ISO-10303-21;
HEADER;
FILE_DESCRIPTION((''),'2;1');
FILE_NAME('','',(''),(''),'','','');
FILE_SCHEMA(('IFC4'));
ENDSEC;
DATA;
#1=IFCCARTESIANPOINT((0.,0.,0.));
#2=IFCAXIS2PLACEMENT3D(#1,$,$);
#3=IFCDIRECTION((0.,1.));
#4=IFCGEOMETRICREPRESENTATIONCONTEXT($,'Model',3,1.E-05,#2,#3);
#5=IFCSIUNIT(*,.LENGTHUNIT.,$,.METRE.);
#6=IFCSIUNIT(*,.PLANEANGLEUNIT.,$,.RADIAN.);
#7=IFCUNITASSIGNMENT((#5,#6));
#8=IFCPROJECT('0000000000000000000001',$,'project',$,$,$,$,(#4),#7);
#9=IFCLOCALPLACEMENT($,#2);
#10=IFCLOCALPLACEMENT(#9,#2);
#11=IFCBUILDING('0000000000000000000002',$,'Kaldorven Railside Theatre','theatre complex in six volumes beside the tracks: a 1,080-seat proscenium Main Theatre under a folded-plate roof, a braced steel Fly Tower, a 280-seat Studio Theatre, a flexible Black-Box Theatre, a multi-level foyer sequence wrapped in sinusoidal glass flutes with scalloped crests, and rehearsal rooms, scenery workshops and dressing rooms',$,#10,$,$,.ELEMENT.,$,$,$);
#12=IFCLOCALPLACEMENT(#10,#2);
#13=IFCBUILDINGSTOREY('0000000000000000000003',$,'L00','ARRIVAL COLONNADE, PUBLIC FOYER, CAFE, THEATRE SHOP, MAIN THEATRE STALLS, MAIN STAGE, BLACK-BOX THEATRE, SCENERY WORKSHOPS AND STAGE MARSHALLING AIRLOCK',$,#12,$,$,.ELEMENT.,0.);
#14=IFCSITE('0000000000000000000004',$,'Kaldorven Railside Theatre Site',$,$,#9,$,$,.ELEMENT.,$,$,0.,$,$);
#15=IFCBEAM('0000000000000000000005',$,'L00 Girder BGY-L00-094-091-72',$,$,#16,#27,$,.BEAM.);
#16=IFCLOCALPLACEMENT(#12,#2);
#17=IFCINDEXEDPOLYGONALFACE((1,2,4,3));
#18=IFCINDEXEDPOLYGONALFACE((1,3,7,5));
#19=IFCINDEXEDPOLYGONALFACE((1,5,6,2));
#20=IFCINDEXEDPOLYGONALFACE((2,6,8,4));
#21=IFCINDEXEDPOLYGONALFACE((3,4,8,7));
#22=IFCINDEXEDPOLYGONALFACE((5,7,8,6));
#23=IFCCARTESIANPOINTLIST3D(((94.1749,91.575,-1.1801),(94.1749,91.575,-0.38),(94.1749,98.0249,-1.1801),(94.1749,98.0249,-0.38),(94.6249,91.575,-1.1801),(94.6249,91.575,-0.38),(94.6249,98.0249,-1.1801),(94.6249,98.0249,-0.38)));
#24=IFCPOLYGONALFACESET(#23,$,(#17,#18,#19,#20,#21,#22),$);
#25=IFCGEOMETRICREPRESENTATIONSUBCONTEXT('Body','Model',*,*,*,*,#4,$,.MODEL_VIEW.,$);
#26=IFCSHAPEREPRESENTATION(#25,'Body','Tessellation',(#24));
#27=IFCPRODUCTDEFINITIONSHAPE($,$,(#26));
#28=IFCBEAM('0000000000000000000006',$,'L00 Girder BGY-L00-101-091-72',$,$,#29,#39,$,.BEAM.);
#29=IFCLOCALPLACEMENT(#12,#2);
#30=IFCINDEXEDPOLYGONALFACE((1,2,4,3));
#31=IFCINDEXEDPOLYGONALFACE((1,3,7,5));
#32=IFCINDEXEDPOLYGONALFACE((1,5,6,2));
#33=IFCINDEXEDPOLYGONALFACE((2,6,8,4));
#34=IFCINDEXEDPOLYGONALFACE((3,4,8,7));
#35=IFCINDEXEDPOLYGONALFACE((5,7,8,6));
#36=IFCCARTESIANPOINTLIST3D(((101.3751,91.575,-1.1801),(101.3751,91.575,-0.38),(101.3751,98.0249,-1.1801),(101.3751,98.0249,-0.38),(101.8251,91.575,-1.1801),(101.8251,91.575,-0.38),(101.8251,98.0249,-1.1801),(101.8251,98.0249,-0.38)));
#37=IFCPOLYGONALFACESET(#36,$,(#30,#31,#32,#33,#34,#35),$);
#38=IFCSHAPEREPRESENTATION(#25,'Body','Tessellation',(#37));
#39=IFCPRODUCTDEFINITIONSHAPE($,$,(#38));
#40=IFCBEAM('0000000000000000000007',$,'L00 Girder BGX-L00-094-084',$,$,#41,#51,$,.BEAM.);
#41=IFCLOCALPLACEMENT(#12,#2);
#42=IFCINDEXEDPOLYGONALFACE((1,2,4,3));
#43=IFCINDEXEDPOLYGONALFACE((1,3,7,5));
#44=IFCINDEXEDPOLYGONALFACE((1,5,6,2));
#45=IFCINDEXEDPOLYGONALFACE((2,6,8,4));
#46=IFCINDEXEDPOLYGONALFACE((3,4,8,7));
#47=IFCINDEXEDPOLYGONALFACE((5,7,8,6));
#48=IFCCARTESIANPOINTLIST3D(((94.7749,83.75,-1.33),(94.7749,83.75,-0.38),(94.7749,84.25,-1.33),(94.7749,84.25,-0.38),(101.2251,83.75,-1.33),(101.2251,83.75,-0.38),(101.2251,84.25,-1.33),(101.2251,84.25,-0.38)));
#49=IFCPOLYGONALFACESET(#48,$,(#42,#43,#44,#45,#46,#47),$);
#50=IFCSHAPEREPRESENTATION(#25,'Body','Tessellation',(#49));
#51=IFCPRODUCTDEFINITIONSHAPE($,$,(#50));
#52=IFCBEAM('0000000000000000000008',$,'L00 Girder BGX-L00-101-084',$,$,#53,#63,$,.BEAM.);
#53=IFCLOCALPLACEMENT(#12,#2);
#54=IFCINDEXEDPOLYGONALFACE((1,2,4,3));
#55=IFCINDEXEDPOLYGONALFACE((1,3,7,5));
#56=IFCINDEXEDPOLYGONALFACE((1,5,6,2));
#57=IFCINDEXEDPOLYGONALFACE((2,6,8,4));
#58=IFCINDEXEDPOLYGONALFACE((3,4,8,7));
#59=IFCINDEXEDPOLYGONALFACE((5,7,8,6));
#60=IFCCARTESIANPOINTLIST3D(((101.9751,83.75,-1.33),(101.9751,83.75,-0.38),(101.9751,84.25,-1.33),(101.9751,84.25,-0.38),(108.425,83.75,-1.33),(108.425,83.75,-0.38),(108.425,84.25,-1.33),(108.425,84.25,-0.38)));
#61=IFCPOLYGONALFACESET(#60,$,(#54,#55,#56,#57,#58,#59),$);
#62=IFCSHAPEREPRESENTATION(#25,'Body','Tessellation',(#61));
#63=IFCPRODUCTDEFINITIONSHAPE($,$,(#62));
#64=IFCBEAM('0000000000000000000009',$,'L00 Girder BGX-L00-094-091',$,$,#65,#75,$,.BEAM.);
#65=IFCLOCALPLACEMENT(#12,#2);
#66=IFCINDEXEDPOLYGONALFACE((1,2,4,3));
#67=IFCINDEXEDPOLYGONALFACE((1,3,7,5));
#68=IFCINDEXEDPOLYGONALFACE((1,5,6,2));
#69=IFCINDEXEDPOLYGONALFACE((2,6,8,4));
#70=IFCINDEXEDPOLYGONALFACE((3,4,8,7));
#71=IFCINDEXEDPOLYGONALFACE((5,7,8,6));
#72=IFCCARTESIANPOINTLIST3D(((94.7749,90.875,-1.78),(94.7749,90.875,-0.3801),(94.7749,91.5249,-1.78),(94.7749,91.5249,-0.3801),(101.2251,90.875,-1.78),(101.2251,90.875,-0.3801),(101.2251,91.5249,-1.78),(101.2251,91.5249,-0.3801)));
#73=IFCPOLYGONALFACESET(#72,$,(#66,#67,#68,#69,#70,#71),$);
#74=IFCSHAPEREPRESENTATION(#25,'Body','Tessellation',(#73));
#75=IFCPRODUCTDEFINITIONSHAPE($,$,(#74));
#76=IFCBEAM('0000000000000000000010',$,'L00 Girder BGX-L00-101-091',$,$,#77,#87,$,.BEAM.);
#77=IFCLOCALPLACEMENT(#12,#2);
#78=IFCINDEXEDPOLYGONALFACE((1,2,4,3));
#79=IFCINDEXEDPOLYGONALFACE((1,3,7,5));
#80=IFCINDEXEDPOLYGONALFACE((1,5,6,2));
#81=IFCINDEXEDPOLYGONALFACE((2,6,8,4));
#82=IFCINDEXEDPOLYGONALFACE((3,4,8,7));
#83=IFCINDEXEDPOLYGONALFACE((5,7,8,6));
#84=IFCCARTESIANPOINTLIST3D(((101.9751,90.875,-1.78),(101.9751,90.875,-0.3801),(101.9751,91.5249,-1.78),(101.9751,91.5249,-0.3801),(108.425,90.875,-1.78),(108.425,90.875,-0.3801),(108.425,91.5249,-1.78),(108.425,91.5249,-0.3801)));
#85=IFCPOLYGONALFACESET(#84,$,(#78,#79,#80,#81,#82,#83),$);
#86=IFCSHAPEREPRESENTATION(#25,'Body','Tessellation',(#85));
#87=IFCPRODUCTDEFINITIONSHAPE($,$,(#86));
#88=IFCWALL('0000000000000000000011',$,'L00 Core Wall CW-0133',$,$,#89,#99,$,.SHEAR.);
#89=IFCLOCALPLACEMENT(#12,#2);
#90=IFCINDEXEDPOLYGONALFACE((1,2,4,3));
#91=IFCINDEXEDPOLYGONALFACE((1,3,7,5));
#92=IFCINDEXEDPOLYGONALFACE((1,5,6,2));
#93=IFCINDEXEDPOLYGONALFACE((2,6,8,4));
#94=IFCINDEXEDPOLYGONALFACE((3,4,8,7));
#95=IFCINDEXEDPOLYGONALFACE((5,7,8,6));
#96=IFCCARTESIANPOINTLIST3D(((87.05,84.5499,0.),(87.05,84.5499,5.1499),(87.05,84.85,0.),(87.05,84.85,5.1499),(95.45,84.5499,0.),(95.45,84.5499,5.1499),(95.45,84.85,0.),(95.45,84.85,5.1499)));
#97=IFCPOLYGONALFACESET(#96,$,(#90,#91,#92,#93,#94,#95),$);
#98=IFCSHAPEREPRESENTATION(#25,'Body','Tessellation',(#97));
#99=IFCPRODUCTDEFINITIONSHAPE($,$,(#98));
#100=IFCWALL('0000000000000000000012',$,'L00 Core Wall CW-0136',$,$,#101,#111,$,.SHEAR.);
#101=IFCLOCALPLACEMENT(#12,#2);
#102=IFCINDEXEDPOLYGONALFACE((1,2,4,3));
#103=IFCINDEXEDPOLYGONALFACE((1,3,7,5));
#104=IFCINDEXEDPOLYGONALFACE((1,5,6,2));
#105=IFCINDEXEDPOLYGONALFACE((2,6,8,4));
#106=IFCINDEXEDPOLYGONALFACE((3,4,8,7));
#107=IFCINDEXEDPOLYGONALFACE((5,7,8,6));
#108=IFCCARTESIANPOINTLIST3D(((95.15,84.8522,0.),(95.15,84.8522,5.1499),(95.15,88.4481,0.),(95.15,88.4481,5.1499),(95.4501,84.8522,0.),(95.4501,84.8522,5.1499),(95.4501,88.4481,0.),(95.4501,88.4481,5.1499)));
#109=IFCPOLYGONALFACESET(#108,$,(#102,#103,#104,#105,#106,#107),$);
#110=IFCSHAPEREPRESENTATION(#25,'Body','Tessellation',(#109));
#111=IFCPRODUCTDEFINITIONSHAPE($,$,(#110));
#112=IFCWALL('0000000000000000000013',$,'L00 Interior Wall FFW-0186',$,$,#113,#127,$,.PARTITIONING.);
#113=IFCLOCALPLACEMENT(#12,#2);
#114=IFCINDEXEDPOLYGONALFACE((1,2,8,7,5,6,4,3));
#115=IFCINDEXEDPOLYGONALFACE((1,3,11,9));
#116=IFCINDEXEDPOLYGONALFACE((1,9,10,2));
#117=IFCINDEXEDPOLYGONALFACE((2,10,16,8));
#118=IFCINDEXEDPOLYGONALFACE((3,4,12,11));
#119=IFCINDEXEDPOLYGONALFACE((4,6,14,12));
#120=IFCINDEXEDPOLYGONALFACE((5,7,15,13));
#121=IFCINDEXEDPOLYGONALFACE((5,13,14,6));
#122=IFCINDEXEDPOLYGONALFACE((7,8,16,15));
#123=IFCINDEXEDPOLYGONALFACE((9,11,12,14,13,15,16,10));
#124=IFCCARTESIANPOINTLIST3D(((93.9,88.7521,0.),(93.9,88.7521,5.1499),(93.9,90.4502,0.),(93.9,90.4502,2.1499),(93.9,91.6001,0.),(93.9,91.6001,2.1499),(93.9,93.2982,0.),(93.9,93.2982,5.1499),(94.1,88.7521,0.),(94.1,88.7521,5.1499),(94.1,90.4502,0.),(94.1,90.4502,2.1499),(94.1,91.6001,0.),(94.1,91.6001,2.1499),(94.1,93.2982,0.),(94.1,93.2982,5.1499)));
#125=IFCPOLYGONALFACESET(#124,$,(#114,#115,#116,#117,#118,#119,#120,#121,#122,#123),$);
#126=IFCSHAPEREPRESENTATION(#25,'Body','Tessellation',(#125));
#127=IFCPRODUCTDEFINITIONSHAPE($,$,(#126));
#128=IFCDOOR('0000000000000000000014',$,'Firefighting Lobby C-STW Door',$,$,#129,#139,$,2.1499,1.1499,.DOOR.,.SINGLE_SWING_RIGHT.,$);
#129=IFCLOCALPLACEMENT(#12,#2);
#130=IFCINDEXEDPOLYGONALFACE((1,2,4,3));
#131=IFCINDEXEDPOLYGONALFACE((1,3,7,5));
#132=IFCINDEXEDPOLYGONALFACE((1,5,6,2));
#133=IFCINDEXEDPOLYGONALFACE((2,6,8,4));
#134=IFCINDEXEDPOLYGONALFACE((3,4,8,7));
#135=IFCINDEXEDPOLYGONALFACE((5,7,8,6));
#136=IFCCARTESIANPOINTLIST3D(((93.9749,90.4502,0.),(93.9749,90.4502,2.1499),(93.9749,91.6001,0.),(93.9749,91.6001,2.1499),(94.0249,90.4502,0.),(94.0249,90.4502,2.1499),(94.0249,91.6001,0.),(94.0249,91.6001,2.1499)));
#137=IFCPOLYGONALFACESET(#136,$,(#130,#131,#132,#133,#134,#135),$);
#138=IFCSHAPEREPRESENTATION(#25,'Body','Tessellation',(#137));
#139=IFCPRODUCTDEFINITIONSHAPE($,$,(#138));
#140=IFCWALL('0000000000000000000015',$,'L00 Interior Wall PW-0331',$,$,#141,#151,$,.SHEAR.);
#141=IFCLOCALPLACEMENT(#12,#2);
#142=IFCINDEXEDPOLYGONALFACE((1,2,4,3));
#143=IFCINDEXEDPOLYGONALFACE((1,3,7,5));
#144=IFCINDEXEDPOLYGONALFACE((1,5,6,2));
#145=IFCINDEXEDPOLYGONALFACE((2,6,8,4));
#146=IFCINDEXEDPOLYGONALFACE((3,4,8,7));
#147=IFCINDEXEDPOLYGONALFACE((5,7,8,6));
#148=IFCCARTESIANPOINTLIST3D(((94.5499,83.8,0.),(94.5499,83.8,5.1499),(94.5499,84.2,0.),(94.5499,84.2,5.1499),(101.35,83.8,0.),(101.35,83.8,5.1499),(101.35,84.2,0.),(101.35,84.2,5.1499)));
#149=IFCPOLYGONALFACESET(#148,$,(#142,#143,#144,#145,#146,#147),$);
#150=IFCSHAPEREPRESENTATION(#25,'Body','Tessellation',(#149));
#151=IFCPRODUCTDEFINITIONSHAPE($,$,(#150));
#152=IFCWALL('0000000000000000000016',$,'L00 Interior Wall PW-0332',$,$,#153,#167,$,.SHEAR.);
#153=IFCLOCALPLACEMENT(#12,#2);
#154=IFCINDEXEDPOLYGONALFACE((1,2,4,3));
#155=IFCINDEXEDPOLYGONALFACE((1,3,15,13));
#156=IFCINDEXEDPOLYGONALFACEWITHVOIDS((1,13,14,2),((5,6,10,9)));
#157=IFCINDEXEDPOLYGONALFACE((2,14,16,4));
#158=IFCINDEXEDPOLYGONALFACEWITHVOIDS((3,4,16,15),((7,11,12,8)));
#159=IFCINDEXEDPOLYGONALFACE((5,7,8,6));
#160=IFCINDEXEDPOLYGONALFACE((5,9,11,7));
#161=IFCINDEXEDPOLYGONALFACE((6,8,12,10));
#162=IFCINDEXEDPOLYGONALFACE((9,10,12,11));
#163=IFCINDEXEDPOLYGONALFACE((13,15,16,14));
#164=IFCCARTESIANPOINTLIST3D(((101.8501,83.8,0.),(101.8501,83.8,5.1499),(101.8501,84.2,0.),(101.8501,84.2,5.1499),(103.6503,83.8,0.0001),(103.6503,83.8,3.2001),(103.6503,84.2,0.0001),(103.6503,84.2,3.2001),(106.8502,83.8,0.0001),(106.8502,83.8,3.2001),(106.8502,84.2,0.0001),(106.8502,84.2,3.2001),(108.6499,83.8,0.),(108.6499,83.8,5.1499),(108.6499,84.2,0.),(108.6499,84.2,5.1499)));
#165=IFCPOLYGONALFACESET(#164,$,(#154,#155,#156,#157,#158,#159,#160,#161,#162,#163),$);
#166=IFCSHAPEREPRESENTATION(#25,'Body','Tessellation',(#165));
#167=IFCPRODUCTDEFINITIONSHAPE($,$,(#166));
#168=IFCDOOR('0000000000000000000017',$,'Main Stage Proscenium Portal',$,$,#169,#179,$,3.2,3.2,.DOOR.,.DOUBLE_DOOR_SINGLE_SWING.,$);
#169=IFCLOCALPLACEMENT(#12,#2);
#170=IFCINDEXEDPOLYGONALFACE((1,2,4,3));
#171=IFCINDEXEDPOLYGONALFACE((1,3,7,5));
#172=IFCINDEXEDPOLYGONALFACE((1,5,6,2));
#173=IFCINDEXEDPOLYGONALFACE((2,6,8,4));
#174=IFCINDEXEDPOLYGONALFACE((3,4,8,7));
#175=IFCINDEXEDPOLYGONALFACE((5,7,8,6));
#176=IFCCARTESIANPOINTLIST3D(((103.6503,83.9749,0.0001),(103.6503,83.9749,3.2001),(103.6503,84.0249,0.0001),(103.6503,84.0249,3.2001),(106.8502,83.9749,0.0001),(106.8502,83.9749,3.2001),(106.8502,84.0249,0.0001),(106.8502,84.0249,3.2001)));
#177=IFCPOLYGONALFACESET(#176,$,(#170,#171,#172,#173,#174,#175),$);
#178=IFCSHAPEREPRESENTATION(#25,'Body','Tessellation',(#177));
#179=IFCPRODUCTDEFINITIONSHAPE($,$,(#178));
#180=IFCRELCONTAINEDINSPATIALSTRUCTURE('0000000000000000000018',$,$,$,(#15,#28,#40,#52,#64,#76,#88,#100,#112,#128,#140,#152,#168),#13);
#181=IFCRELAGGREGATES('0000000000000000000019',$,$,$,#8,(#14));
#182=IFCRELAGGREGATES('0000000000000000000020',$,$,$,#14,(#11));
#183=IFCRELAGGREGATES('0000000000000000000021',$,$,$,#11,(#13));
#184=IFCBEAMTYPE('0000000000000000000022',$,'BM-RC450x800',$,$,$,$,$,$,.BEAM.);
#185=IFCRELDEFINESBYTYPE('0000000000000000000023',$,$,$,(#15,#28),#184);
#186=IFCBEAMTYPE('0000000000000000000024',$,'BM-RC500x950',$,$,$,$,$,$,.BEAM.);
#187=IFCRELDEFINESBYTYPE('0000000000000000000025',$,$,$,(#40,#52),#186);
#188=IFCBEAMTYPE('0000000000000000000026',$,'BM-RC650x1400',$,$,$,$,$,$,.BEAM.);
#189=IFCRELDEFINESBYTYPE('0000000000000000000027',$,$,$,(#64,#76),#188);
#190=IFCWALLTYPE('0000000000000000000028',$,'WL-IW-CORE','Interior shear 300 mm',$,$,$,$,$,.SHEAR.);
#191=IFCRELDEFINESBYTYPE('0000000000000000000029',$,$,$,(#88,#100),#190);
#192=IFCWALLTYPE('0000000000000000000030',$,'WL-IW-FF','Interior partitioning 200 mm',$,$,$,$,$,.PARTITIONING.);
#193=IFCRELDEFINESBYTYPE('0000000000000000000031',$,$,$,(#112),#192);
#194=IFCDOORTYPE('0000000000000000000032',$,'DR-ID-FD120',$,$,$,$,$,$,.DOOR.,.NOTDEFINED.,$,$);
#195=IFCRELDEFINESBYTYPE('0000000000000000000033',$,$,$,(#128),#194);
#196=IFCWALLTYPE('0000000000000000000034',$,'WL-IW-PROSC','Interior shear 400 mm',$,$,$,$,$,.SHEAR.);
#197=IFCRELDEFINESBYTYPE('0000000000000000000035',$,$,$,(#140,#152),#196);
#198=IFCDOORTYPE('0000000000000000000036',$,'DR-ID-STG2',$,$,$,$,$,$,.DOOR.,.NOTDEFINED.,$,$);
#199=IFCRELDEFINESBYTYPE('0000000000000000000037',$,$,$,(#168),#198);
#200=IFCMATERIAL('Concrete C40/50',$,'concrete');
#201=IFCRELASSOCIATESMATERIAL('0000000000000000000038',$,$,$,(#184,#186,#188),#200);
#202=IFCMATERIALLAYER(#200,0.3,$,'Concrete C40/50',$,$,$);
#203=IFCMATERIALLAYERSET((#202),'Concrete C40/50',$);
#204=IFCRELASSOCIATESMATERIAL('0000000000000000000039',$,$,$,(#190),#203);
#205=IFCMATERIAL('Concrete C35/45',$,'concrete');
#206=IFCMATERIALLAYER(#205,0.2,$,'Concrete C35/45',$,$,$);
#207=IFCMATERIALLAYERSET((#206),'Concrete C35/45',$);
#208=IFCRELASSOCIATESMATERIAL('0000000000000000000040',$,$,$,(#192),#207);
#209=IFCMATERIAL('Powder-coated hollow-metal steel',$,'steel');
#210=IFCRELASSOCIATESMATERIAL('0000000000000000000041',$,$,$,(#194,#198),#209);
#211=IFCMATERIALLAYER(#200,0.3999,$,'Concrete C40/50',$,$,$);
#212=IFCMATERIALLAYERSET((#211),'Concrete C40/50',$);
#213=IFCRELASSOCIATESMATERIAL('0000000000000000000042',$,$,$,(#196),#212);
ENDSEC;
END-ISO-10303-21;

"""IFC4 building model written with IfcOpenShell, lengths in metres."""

from ifc_helpers import new_model, si_unit, direction, frame, frame_2d, origin, origin_2d, place, context, subcontext, project, spatial, rectangle, extrude, material, layer, layer_set, material_profile, profile_set, type_object, element, fill, save


model = new_model("IFC4")

# Units and contexts
model_context = context("Model", 3, precision=1e-05, world=origin(), true_north=direction((0.0, 1.0)))
body_context = subcontext(model_context, "Body", "Model", "MODEL_VIEW")
ifc_project = project(units=[si_unit("LENGTHUNIT", "METRE"), si_unit("PLANEANGLEUNIT", "RADIAN")], contexts=[model_context])

# Site, building, storey
site_placement = place(None, origin())
site = spatial("IfcSite", under=ifc_project, at=site_placement, Name="Kaldorven Railside Theatre Site", CompositionType="ELEMENT", RefElevation=0.0)
building_placement = place(site_placement, origin())
building = spatial("IfcBuilding", under=site, at=building_placement, Name="Kaldorven Railside Theatre", Description="theatre complex in six volumes beside the tracks: a 1,080-seat proscenium Main Theatre under a folded-plate roof, a braced steel Fly Tower, a 280-seat Studio Theatre, a flexible Black-Box Theatre, a multi-level foyer sequence wrapped in sinusoidal glass flutes with scalloped crests, and rehearsal rooms, scenery workshops and dressing rooms", CompositionType="ELEMENT")
storey_placement = place(building_placement, origin())
storey = spatial("IfcBuildingStorey", under=building, at=storey_placement, Name="L00", Description="ARRIVAL COLONNADE, PUBLIC FOYER, CAFE, THEATRE SHOP, MAIN THEATRE STALLS, MAIN STAGE, BLACK-BOX THEATRE, SCENERY WORKSHOPS AND STAGE MARSHALLING AIRLOCK", CompositionType="ELEMENT", Elevation=0.0)

# Beams
ifc_material_1 = material(Name="Concrete C40/50", Category="concrete")
ifc_material_profile_1 = material_profile(ifc_material_1, rectangle(XDim=0.45, YDim=0.8, at=origin_2d()), Name="RC 450x800")
ifc_profile_set_1 = profile_set([ifc_material_profile_1], Name="Concrete C40/50")
beam_type_1 = type_object("IfcBeamType", Name="BM-RC450x800", PredefinedType="BEAM", material=ifc_profile_set_1)
for number, where, z_axis, x_axis, name in (
    (1, (94.3999, 91.575, -0.78), (0.0, 1.0, 0.0), (-1.0, 0.0, 0.0), "L00 Girder BGY-L00-094-091-72"),
    (2, (101.6001, 91.575, -0.78), (0.0, 1.0, 0.0), (-1.0, 0.0, 0.0), "L00 Girder BGY-L00-101-091-72"),
):
    element("IfcBeam", number, at=place(storey_placement, frame(where, z_axis=z_axis, x_axis=x_axis)), inside=storey, type_object=beam_type_1, Name=name, PredefinedType="BEAM", context=body_context, shape_type="SweptSolid", body=[
        extrude(rectangle(XDim=0.45, YDim=0.8, at=origin_2d()), origin(), (0.0, 0.0, 1.0), 6.45),
    ])
ifc_material_profile_2 = material_profile(ifc_material_1, rectangle(XDim=0.5, YDim=0.95, at=origin_2d()), Name="RC 500x950")
ifc_profile_set_2 = profile_set([ifc_material_profile_2], Name="Concrete C40/50")
beam_type_2 = type_object("IfcBeamType", Name="BM-RC500x950", PredefinedType="BEAM", material=ifc_profile_set_2)
beam_1_placement = place(storey_placement, frame((94.7749, 84.0, -0.855), z_axis=(1.0, 0.0, 0.0), x_axis=(0.0, 1.0, 0.0)))
element("IfcBeam", 3, at=beam_1_placement, inside=storey, type_object=beam_type_2, Name="L00 Girder BGX-L00-094-084", PredefinedType="BEAM", context=body_context, shape_type="SweptSolid", body=[
    extrude(rectangle(XDim=0.5, YDim=0.95, at=origin_2d()), origin(), (0.0, 0.0, 1.0), 6.4502),
])
beam_2_placement = place(storey_placement, frame((101.9751, 84.0, -0.855), z_axis=(1.0, 0.0, 0.0), x_axis=(0.0, 1.0, 0.0)))
element("IfcBeam", 4, at=beam_2_placement, inside=storey, type_object=beam_type_2, Name="L00 Girder BGX-L00-101-084", PredefinedType="BEAM", context=body_context, shape_type="SweptSolid", body=[
    extrude(rectangle(XDim=0.5, YDim=0.95, at=origin_2d()), origin(), (0.0, 0.0, 1.0), 6.45),
])
ifc_material_profile_3 = material_profile(ifc_material_1, rectangle(XDim=0.6499, YDim=1.3999, at=origin_2d()), Name="RC 650x1400")
ifc_profile_set_3 = profile_set([ifc_material_profile_3], Name="Concrete C40/50")
beam_type_3 = type_object("IfcBeamType", Name="BM-RC650x1400", PredefinedType="BEAM", material=ifc_profile_set_3)
beam_3_placement = place(storey_placement, frame((94.7749, 91.2, -1.0801), z_axis=(1.0, 0.0, 0.0), x_axis=(0.0, 1.0, 0.0)))
element("IfcBeam", 5, at=beam_3_placement, inside=storey, type_object=beam_type_3, Name="L00 Girder BGX-L00-094-091", PredefinedType="BEAM", context=body_context, shape_type="SweptSolid", body=[
    extrude(rectangle(XDim=0.6499, YDim=1.3999, at=origin_2d()), origin(), (0.0, 0.0, 1.0), 6.4502),
])
beam_4_placement = place(storey_placement, frame((101.9751, 91.2, -1.0801), z_axis=(1.0, 0.0, 0.0), x_axis=(0.0, 1.0, 0.0)))
element("IfcBeam", 6, at=beam_4_placement, inside=storey, type_object=beam_type_3, Name="L00 Girder BGX-L00-101-091", PredefinedType="BEAM", context=body_context, shape_type="SweptSolid", body=[
    extrude(rectangle(XDim=0.6499, YDim=1.3999, at=origin_2d()), origin(), (0.0, 0.0, 1.0), 6.45),
])

# Walls
ifc_layer_1 = layer(ifc_material_1, 0.3, Name="Concrete C40/50")
ifc_layer_set_1 = layer_set([ifc_layer_1], Name="Concrete C40/50")
wall_type_1 = type_object("IfcWallType", Name="WL-IW-CORE", Description="Interior shear 300 mm", PredefinedType="SHEAR", material=ifc_layer_set_1)
wall_1_placement = place(storey_placement, frame((95.45, 84.7, 0.0), z_axis=(0.0, 0.0, 1.0), x_axis=(-1.0, 0.0, 0.0)))
element("IfcWall", 7, at=wall_1_placement, inside=storey, type_object=wall_type_1, Name="L00 Core Wall CW-0133", PredefinedType="SHEAR", context=body_context, shape_type="SweptSolid", body=[
    extrude(rectangle(XDim=8.3999, YDim=0.3, at=frame_2d((4.2, 0.0))), origin(), (0.0, 0.0, 1.0), 5.1499),
])
wall_2_placement = place(storey_placement, frame((95.3, 88.448, 0.0), z_axis=(0.0, 0.0, 1.0), x_axis=(0.0, -1.0, 0.0)))
element("IfcWall", 8, at=wall_2_placement, inside=storey, type_object=wall_type_1, Name="L00 Core Wall CW-0136", PredefinedType="SHEAR", context=body_context, shape_type="SweptSolid", body=[
    extrude(rectangle(XDim=3.5959, YDim=0.3, at=frame_2d((1.7979, 0.0))), origin(), (0.0, 0.0, 1.0), 5.1499),
])

# Wall, opening, door
ifc_material_2 = material(Name="Concrete C35/45", Category="concrete")
ifc_layer_2 = layer(ifc_material_2, 0.2, Name="Concrete C35/45")
ifc_layer_set_2 = layer_set([ifc_layer_2], Name="Concrete C35/45")
wall_type_2 = type_object("IfcWallType", Name="WL-IW-FF", Description="Interior partitioning 200 mm", PredefinedType="PARTITIONING", material=ifc_layer_set_2)
wall_3_placement = place(storey_placement, frame((94.0, 93.2981, 0.0), z_axis=(0.0, 0.0, 1.0), x_axis=(0.0, -1.0, 0.0)))
wall_3 = element("IfcWall", 9, at=wall_3_placement, inside=storey, type_object=wall_type_2, Name="L00 Interior Wall FFW-0186", PredefinedType="PARTITIONING", context=body_context, shape_type="SweptSolid", body=[
    extrude(rectangle(XDim=4.5461, YDim=0.2, at=frame_2d((2.2729, 0.0))), origin(), (0.0, 0.0, 1.0), 5.1499),
])
opening_1_placement = place(wall_3_placement, frame((1.698, 0.0, 0.0)))
opening_1 = element("IfcOpeningElement", 10, at=opening_1_placement, cuts=wall_3, PredefinedType="OPENING", context=body_context, shape_type="SweptSolid", body=[
    extrude(rectangle(XDim=1.1499, YDim=2.1499, at=frame_2d((0.575, 1.075))), frame((0.0, 0.1099, 0.0), z_axis=(0.0, -1.0, 0.0), x_axis=(1.0, 0.0, 0.0)), (0.0, 0.0, 1.0), 0.22),
])
ifc_material_3 = material(Name="Powder-coated hollow-metal steel", Category="steel")
door_type_1 = type_object("IfcDoorType", Name="DR-ID-FD120", OperationType="NOTDEFINED", PredefinedType="DOOR", material=ifc_material_3)
door_1_placement = place(opening_1_placement, origin())
door_1 = element("IfcDoor", 11, at=door_1_placement, inside=storey, type_object=door_type_1, Name="Firefighting Lobby C-STW Door", OperationType="SINGLE_SWING_RIGHT", OverallHeight=2.1499, OverallWidth=1.1499, PredefinedType="DOOR", context=body_context, shape_type="SweptSolid", body=[
    extrude(rectangle(XDim=1.1499, YDim=2.1499, at=frame_2d((0.575, 1.075))), frame((0.0, 0.0249, 0.0), z_axis=(0.0, -1.0, 0.0), x_axis=(1.0, 0.0, 0.0)), (0.0, 0.0, 1.0), 0.05),
])
fill(opening_1, door_1)

# Wall
ifc_layer_3 = layer(ifc_material_1, 0.3999, Name="Concrete C40/50")
ifc_layer_set_3 = layer_set([ifc_layer_3], Name="Concrete C40/50")
wall_type_3 = type_object("IfcWallType", Name="WL-IW-PROSC", Description="Interior shear 400 mm", PredefinedType="SHEAR", material=ifc_layer_set_3)
wall_4_placement = place(storey_placement, frame((94.55, 84.0, 0.0), z_axis=(0.0, 0.0, 1.0), x_axis=(1.0, 0.0, 0.0)))
element("IfcWall", 12, at=wall_4_placement, inside=storey, type_object=wall_type_3, Name="L00 Interior Wall PW-0331", PredefinedType="SHEAR", context=body_context, shape_type="SweptSolid", body=[
    extrude(rectangle(XDim=6.8, YDim=0.3999, at=frame_2d((3.3999, 0.0))), origin(), (0.0, 0.0, 1.0), 5.1499),
])

# Wall, opening, door
wall_5_placement = place(storey_placement, frame((101.8501, 84.0, 0.0), z_axis=(0.0, 0.0, 1.0), x_axis=(1.0, 0.0, 0.0)))
wall_5 = element("IfcWall", 13, at=wall_5_placement, inside=storey, type_object=wall_type_3, Name="L00 Interior Wall PW-0332", PredefinedType="SHEAR", context=body_context, shape_type="SweptSolid", body=[
    extrude(rectangle(XDim=6.7998, YDim=0.3999, at=frame_2d((3.3999, 0.0))), origin(), (0.0, 0.0, 1.0), 5.1499),
])
opening_2_placement = place(wall_5_placement, frame((1.8, 0.0, 0.0)))
opening_2 = element("IfcOpeningElement", 14, at=opening_2_placement, cuts=wall_5, PredefinedType="OPENING", context=body_context, shape_type="SweptSolid", body=[
    extrude(rectangle(XDim=3.2, YDim=3.2, at=frame_2d((1.6001, 1.6001))), frame((0.0, 0.21, 0.0), z_axis=(0.0, -1.0, 0.0), x_axis=(1.0, 0.0, 0.0)), (0.0, 0.0, 1.0), 0.4199),
])
door_type_2 = type_object("IfcDoorType", Name="DR-ID-STG2", OperationType="NOTDEFINED", PredefinedType="DOOR", material=ifc_material_3)
door_2_placement = place(opening_2_placement, origin())
door_2 = element("IfcDoor", 15, at=door_2_placement, inside=storey, type_object=door_type_2, Name="Main Stage Proscenium Portal", OperationType="DOUBLE_DOOR_SINGLE_SWING", OverallHeight=3.2, OverallWidth=3.2, PredefinedType="DOOR", context=body_context, shape_type="SweptSolid", body=[
    extrude(rectangle(XDim=3.2, YDim=3.2, at=frame_2d((1.6001, 1.6001))), frame((0.0, 0.0249, 0.0), z_axis=(0.0, -1.0, 0.0), x_axis=(1.0, 0.0, 0.0)), (0.0, 0.0, 1.0), 0.05),
])
fill(opening_2, door_2)

save(model, "model.ifc")
